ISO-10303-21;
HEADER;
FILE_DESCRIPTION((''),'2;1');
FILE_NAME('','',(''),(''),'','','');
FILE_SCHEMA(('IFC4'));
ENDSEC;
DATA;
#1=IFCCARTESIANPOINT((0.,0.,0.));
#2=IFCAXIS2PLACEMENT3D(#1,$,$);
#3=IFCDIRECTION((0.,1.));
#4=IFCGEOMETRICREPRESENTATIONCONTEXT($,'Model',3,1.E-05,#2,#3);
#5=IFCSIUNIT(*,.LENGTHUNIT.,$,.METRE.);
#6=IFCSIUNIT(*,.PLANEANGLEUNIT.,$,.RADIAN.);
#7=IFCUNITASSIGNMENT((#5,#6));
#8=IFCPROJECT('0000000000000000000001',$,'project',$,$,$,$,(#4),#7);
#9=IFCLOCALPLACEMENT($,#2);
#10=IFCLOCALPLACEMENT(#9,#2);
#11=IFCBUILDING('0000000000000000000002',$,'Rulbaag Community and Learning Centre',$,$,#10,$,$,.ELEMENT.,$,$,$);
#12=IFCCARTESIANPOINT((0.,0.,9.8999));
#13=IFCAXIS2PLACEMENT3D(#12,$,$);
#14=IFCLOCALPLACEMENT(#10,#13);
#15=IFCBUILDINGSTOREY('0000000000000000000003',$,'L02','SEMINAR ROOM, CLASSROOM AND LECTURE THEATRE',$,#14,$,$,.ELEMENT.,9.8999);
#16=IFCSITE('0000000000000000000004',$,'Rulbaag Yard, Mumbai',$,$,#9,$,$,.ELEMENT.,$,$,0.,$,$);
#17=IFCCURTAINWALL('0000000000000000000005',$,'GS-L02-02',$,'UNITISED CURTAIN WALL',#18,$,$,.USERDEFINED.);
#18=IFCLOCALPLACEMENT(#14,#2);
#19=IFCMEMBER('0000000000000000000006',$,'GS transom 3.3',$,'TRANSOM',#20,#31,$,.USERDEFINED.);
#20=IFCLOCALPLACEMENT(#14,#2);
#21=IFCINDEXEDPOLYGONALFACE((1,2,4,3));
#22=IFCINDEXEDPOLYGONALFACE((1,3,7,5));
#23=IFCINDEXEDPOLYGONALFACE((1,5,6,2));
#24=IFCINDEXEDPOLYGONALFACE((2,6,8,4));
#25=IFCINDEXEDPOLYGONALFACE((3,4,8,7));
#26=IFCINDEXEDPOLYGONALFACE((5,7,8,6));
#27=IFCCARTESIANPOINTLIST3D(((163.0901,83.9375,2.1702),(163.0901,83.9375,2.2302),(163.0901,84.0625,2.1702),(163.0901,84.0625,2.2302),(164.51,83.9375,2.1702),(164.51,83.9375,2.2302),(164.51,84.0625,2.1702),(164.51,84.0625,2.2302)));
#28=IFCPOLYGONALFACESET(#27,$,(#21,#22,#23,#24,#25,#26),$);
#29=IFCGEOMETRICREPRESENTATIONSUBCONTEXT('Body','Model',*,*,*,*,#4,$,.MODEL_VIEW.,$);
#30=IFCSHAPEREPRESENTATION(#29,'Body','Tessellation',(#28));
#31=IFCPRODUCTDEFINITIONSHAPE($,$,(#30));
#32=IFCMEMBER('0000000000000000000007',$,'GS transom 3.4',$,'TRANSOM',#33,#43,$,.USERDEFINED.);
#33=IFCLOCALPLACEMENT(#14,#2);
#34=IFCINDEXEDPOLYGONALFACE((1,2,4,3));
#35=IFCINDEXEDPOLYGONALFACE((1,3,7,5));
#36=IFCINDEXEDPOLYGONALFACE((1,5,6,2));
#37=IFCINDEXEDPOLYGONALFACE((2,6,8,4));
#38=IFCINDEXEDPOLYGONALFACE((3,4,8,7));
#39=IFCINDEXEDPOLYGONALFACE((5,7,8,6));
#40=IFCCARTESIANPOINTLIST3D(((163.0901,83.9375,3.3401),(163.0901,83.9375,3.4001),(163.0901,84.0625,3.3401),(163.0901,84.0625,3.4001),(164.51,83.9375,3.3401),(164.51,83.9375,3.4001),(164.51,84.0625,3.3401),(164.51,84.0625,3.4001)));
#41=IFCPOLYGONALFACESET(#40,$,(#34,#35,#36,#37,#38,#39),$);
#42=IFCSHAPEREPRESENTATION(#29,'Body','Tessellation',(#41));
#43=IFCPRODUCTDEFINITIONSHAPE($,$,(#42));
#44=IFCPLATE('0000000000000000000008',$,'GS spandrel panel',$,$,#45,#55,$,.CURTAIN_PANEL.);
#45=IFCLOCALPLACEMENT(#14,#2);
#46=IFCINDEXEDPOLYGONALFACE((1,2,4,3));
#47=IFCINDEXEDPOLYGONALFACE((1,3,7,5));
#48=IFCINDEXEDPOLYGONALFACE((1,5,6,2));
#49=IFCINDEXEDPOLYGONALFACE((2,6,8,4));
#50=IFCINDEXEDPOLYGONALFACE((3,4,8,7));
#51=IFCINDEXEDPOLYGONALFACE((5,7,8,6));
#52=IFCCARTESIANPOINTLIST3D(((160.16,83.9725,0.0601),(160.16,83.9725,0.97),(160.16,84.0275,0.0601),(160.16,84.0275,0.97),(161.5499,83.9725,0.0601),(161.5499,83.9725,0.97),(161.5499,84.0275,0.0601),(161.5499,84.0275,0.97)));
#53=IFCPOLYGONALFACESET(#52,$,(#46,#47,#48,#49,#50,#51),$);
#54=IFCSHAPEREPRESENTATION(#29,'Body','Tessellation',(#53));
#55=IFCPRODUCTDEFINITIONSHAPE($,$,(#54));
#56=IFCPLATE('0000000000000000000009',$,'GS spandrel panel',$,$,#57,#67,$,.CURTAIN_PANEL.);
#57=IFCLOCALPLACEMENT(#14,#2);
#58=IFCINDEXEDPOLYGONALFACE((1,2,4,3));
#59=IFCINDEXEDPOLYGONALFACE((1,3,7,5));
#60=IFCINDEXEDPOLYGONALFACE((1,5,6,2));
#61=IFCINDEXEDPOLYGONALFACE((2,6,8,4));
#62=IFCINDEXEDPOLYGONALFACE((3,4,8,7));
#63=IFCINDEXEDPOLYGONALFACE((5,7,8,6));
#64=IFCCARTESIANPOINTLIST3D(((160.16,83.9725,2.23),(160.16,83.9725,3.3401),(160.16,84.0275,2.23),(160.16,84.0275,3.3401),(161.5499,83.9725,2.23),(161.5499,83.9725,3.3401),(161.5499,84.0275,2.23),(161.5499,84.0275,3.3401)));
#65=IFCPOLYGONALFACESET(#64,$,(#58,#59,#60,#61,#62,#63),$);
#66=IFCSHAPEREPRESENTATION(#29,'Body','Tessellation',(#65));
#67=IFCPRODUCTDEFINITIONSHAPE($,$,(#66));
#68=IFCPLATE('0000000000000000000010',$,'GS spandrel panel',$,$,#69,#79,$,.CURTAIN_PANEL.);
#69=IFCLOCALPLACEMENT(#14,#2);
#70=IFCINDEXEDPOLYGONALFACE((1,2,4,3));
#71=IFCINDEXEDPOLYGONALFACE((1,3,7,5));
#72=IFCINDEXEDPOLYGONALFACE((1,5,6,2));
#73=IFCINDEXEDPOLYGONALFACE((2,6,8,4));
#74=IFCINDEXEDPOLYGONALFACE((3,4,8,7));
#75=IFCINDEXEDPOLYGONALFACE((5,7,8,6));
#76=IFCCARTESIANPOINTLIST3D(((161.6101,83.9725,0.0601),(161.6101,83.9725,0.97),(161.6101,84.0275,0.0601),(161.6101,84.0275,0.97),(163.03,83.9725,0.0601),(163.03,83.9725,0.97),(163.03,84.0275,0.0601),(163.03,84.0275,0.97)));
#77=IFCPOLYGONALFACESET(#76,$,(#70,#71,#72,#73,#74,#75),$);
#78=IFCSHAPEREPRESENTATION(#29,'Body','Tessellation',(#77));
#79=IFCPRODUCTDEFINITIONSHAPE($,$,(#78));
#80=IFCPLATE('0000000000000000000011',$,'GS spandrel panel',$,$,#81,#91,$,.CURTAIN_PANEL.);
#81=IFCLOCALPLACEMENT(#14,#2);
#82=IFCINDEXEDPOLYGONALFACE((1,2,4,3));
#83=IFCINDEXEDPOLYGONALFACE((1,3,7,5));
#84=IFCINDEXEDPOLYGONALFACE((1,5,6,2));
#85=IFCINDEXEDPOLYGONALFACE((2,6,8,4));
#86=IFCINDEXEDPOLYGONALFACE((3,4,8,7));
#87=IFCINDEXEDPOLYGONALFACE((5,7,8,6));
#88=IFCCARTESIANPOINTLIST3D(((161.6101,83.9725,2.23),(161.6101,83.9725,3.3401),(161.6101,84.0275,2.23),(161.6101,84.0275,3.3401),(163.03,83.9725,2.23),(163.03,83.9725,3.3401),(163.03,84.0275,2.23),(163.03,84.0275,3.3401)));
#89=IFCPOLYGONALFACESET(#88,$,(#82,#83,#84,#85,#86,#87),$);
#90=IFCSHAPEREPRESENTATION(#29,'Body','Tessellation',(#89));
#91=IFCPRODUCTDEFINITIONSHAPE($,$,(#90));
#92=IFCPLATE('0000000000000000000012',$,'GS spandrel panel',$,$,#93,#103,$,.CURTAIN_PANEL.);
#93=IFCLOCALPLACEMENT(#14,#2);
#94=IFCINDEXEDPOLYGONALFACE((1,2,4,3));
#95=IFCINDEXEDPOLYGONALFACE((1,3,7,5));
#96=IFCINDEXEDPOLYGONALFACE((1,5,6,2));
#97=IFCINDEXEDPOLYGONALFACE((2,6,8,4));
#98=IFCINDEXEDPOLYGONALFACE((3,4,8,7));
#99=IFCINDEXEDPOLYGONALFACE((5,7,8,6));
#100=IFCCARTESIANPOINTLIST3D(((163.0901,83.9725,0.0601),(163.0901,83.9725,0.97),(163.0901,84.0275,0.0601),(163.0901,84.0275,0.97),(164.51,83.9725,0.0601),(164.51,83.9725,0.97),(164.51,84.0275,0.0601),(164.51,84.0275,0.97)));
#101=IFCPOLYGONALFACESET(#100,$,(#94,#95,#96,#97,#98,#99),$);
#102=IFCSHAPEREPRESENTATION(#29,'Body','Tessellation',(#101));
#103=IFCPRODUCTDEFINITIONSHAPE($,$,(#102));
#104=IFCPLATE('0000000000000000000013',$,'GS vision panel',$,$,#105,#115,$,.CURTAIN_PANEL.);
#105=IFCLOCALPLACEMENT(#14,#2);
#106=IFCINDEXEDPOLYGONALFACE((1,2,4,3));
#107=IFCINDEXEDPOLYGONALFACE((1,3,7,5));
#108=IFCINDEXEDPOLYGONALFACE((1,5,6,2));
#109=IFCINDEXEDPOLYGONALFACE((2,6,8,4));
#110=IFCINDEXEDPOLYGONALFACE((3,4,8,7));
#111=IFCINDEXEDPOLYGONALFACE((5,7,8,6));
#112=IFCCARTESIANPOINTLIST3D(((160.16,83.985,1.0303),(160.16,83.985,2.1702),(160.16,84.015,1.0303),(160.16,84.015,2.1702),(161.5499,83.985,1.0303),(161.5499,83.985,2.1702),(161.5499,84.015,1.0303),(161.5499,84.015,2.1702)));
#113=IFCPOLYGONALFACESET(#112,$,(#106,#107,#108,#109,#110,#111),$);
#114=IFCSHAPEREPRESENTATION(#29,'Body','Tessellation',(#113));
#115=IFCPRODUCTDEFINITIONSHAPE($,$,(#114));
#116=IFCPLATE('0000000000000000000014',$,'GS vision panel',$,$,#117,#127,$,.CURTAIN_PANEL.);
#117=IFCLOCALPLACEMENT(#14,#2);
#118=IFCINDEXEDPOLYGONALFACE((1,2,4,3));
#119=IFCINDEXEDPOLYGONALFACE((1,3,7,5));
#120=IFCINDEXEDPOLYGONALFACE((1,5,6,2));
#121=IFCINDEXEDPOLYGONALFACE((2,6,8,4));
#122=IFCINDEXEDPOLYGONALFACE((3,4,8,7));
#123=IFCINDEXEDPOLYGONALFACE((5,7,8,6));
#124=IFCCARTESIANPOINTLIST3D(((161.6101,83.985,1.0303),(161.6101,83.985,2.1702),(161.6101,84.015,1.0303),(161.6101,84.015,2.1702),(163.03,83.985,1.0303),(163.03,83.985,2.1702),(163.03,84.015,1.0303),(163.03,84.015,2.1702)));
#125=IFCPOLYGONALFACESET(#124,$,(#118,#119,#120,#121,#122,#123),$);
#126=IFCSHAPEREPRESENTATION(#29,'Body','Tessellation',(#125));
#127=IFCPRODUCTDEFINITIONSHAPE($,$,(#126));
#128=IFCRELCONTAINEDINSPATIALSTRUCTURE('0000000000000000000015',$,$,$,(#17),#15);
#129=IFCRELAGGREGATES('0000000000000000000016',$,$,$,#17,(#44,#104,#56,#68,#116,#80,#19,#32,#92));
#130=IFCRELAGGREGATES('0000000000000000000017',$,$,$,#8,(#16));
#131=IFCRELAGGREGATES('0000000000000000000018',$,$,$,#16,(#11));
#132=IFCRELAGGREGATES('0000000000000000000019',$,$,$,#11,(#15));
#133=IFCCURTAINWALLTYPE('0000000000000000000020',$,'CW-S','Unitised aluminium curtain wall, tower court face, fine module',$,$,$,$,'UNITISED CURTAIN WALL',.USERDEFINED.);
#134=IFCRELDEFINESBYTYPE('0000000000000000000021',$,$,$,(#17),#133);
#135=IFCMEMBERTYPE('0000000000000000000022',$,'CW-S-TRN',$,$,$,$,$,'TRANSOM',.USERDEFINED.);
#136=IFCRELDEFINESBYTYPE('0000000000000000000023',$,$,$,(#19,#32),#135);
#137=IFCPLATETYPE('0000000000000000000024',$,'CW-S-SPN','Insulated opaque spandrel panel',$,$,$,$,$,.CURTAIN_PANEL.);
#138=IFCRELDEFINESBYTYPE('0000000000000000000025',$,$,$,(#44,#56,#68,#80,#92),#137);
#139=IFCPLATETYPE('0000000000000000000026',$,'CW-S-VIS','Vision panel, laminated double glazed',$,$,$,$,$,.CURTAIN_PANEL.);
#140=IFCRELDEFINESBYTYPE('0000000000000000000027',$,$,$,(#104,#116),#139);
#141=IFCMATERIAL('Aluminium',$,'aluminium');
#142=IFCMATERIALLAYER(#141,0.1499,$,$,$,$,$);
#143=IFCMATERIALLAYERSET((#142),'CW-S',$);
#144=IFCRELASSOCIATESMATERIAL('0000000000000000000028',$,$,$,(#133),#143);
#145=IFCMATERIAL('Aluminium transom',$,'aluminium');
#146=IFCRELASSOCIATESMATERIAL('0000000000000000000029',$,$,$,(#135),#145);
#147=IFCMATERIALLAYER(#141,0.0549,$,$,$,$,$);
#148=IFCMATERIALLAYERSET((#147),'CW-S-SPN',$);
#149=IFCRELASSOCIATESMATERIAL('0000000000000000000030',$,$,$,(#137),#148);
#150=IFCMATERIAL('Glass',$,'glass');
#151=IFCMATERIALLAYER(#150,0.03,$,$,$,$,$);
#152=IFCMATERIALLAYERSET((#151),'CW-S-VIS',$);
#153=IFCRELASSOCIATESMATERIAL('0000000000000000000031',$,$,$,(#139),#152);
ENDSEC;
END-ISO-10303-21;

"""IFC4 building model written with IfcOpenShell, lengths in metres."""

from ifc_helpers import new_model, si_unit, direction, frame, origin, origin_2d, place, context, subcontext, project, spatial, rectangle, extrude, material, layer, layer_set, material_profile, profile_set, type_object, element, aggregate, save


model = new_model("IFC4")

# Units and contexts
model_context = context("Model", 3, precision=1e-05, world=origin(), true_north=direction((0.0, 1.0)))
body_context = subcontext(model_context, "Body", "Model", "MODEL_VIEW")
ifc_project = project(units=[si_unit("LENGTHUNIT", "METRE"), si_unit("PLANEANGLEUNIT", "RADIAN")], contexts=[model_context])

# Site, building, storey
site_placement = place(None, origin())
site = spatial("IfcSite", under=ifc_project, at=site_placement, Name="Rulbaag Yard, Mumbai", CompositionType="ELEMENT", RefElevation=0.0)
building_placement = place(site_placement, origin())
building = spatial("IfcBuilding", under=site, at=building_placement, Name="Rulbaag Community and Learning Centre", CompositionType="ELEMENT")
storey_placement = place(building_placement, frame((0.0, 0.0, 9.8999)))
storey = spatial("IfcBuildingStorey", under=building, at=storey_placement, Name="L02", Description="SEMINAR ROOM, CLASSROOM AND LECTURE THEATRE", CompositionType="ELEMENT", Elevation=9.8999)

# Curtain wall, members, plates
ifc_material_1 = material(Name="Aluminium", Category="aluminium")
ifc_layer_1 = layer(ifc_material_1, 0.1499)
ifc_layer_set_1 = layer_set([ifc_layer_1], Name="CW-S")
curtain_wall_type = type_object("IfcCurtainWallType", Name="CW-S", Description="Unitised aluminium curtain wall, tower court face, fine module", ElementType="UNITISED CURTAIN WALL", PredefinedType="USERDEFINED", material=ifc_layer_set_1)
curtain_wall_placement = place(storey_placement, origin())
curtain_wall = element("IfcCurtainWall", 1, at=curtain_wall_placement, inside=storey, type_object=curtain_wall_type, Name="GS-L02-02", ObjectType="UNITISED CURTAIN WALL", PredefinedType="USERDEFINED")
ifc_material_2 = material(Name="Aluminium transom", Category="aluminium")
ifc_material_profile_1 = material_profile(ifc_material_2, rectangle(XDim=0.125, YDim=0.0601, at=origin_2d()), Name="AL 60x125 T")
ifc_profile_set_1 = profile_set([ifc_material_profile_1], Name="Aluminium transom")
member_type_1 = type_object("IfcMemberType", Name="CW-S-TRN", ElementType="TRANSOM", PredefinedType="USERDEFINED", material=ifc_profile_set_1)
member_1_placement = place(storey_placement, frame((163.0901, 84.0, 2.2002), z_axis=(1.0, 0.0, 0.0), x_axis=(0.0, 1.0, 0.0)))
member_1 = element("IfcMember", 2, at=member_1_placement, type_object=member_type_1, Name="GS transom 3.3", ObjectType="TRANSOM", PredefinedType="USERDEFINED", context=body_context, shape_type="SweptSolid", body=[
    extrude(rectangle(XDim=0.125, YDim=0.0601, at=origin_2d()), origin(), (0.0, 0.0, 1.0), 1.4199),
])
member_2_placement = place(storey_placement, frame((163.0901, 84.0, 3.3701), z_axis=(1.0, 0.0, 0.0), x_axis=(0.0, 1.0, 0.0)))
member_2 = element("IfcMember", 3, at=member_2_placement, type_object=member_type_1, Name="GS transom 3.4", ObjectType="TRANSOM", PredefinedType="USERDEFINED", context=body_context, shape_type="SweptSolid", body=[
    extrude(rectangle(XDim=0.125, YDim=0.0601, at=origin_2d()), origin(), (0.0, 0.0, 1.0), 1.4199),
])
ifc_layer_2 = layer(ifc_material_1, 0.0549)
ifc_layer_set_2 = layer_set([ifc_layer_2], Name="CW-S-SPN")
plate_type_1 = type_object("IfcPlateType", Name="CW-S-SPN", Description="Insulated opaque spandrel panel", PredefinedType="CURTAIN_PANEL", material=ifc_layer_set_2)
plate_1_placement = place(storey_placement, frame((160.855, 84.0, 0.0601), z_axis=(0.0, 0.0, 1.0), x_axis=(1.0, 0.0, 0.0)))
plate_1 = element("IfcPlate", 4, at=plate_1_placement, type_object=plate_type_1, Name="GS spandrel panel", PredefinedType="CURTAIN_PANEL", context=body_context, shape_type="SweptSolid", body=[
    extrude(rectangle(XDim=1.3899, YDim=0.0549, at=origin_2d()), origin(), (0.0, 0.0, 1.0), 0.9099),
])
plate_2_placement = place(storey_placement, frame((160.855, 84.0, 2.23), z_axis=(0.0, 0.0, 1.0), x_axis=(1.0, 0.0, 0.0)))
plate_2 = element("IfcPlate", 5, at=plate_2_placement, type_object=plate_type_1, Name="GS spandrel panel", PredefinedType="CURTAIN_PANEL", context=body_context, shape_type="SweptSolid", body=[
    extrude(rectangle(XDim=1.3899, YDim=0.0549, at=origin_2d()), origin(), (0.0, 0.0, 1.0), 1.1101),
])
plate_3_placement = place(storey_placement, frame((162.3201, 84.0, 0.0601), z_axis=(0.0, 0.0, 1.0), x_axis=(1.0, 0.0, 0.0)))
plate_3 = element("IfcPlate", 6, at=plate_3_placement, type_object=plate_type_1, Name="GS spandrel panel", PredefinedType="CURTAIN_PANEL", context=body_context, shape_type="SweptSolid", body=[
    extrude(rectangle(XDim=1.4199, YDim=0.0549, at=origin_2d()), origin(), (0.0, 0.0, 1.0), 0.9099),
])
plate_4_placement = place(storey_placement, frame((162.3201, 84.0, 2.23), z_axis=(0.0, 0.0, 1.0), x_axis=(1.0, 0.0, 0.0)))
plate_4 = element("IfcPlate", 7, at=plate_4_placement, type_object=plate_type_1, Name="GS spandrel panel", PredefinedType="CURTAIN_PANEL", context=body_context, shape_type="SweptSolid", body=[
    extrude(rectangle(XDim=1.4199, YDim=0.0549, at=origin_2d()), origin(), (0.0, 0.0, 1.0), 1.1101),
])
plate_5_placement = place(storey_placement, frame((163.8, 84.0, 0.0601), z_axis=(0.0, 0.0, 1.0), x_axis=(1.0, 0.0, 0.0)))
plate_5 = element("IfcPlate", 8, at=plate_5_placement, type_object=plate_type_1, Name="GS spandrel panel", PredefinedType="CURTAIN_PANEL", context=body_context, shape_type="SweptSolid", body=[
    extrude(rectangle(XDim=1.4199, YDim=0.0549, at=origin_2d()), origin(), (0.0, 0.0, 1.0), 0.9099),
])
ifc_material_3 = material(Name="Glass", Category="glass")
ifc_layer_3 = layer(ifc_material_3, 0.03)
ifc_layer_set_3 = layer_set([ifc_layer_3], Name="CW-S-VIS")
plate_type_2 = type_object("IfcPlateType", Name="CW-S-VIS", Description="Vision panel, laminated double glazed", PredefinedType="CURTAIN_PANEL", material=ifc_layer_set_3)
plate_6_placement = place(storey_placement, frame((160.855, 84.0, 1.0303), z_axis=(0.0, 0.0, 1.0), x_axis=(1.0, 0.0, 0.0)))
plate_6 = element("IfcPlate", 9, at=plate_6_placement, type_object=plate_type_2, Name="GS vision panel", PredefinedType="CURTAIN_PANEL", context=body_context, shape_type="SweptSolid", body=[
    extrude(rectangle(XDim=1.3899, YDim=0.03, at=origin_2d()), origin(), (0.0, 0.0, 1.0), 1.1399),
])
plate_7_placement = place(storey_placement, frame((162.3201, 84.0, 1.0303), z_axis=(0.0, 0.0, 1.0), x_axis=(1.0, 0.0, 0.0)))
plate_7 = element("IfcPlate", 10, at=plate_7_placement, type_object=plate_type_2, Name="GS vision panel", PredefinedType="CURTAIN_PANEL", context=body_context, shape_type="SweptSolid", body=[
    extrude(rectangle(XDim=1.4199, YDim=0.03, at=origin_2d()), origin(), (0.0, 0.0, 1.0), 1.1399),
])
aggregate(curtain_wall, [plate_1, plate_6, plate_2, plate_3, plate_7, plate_4, member_1, member_2, plate_5])

save(model, "model.ifc")
